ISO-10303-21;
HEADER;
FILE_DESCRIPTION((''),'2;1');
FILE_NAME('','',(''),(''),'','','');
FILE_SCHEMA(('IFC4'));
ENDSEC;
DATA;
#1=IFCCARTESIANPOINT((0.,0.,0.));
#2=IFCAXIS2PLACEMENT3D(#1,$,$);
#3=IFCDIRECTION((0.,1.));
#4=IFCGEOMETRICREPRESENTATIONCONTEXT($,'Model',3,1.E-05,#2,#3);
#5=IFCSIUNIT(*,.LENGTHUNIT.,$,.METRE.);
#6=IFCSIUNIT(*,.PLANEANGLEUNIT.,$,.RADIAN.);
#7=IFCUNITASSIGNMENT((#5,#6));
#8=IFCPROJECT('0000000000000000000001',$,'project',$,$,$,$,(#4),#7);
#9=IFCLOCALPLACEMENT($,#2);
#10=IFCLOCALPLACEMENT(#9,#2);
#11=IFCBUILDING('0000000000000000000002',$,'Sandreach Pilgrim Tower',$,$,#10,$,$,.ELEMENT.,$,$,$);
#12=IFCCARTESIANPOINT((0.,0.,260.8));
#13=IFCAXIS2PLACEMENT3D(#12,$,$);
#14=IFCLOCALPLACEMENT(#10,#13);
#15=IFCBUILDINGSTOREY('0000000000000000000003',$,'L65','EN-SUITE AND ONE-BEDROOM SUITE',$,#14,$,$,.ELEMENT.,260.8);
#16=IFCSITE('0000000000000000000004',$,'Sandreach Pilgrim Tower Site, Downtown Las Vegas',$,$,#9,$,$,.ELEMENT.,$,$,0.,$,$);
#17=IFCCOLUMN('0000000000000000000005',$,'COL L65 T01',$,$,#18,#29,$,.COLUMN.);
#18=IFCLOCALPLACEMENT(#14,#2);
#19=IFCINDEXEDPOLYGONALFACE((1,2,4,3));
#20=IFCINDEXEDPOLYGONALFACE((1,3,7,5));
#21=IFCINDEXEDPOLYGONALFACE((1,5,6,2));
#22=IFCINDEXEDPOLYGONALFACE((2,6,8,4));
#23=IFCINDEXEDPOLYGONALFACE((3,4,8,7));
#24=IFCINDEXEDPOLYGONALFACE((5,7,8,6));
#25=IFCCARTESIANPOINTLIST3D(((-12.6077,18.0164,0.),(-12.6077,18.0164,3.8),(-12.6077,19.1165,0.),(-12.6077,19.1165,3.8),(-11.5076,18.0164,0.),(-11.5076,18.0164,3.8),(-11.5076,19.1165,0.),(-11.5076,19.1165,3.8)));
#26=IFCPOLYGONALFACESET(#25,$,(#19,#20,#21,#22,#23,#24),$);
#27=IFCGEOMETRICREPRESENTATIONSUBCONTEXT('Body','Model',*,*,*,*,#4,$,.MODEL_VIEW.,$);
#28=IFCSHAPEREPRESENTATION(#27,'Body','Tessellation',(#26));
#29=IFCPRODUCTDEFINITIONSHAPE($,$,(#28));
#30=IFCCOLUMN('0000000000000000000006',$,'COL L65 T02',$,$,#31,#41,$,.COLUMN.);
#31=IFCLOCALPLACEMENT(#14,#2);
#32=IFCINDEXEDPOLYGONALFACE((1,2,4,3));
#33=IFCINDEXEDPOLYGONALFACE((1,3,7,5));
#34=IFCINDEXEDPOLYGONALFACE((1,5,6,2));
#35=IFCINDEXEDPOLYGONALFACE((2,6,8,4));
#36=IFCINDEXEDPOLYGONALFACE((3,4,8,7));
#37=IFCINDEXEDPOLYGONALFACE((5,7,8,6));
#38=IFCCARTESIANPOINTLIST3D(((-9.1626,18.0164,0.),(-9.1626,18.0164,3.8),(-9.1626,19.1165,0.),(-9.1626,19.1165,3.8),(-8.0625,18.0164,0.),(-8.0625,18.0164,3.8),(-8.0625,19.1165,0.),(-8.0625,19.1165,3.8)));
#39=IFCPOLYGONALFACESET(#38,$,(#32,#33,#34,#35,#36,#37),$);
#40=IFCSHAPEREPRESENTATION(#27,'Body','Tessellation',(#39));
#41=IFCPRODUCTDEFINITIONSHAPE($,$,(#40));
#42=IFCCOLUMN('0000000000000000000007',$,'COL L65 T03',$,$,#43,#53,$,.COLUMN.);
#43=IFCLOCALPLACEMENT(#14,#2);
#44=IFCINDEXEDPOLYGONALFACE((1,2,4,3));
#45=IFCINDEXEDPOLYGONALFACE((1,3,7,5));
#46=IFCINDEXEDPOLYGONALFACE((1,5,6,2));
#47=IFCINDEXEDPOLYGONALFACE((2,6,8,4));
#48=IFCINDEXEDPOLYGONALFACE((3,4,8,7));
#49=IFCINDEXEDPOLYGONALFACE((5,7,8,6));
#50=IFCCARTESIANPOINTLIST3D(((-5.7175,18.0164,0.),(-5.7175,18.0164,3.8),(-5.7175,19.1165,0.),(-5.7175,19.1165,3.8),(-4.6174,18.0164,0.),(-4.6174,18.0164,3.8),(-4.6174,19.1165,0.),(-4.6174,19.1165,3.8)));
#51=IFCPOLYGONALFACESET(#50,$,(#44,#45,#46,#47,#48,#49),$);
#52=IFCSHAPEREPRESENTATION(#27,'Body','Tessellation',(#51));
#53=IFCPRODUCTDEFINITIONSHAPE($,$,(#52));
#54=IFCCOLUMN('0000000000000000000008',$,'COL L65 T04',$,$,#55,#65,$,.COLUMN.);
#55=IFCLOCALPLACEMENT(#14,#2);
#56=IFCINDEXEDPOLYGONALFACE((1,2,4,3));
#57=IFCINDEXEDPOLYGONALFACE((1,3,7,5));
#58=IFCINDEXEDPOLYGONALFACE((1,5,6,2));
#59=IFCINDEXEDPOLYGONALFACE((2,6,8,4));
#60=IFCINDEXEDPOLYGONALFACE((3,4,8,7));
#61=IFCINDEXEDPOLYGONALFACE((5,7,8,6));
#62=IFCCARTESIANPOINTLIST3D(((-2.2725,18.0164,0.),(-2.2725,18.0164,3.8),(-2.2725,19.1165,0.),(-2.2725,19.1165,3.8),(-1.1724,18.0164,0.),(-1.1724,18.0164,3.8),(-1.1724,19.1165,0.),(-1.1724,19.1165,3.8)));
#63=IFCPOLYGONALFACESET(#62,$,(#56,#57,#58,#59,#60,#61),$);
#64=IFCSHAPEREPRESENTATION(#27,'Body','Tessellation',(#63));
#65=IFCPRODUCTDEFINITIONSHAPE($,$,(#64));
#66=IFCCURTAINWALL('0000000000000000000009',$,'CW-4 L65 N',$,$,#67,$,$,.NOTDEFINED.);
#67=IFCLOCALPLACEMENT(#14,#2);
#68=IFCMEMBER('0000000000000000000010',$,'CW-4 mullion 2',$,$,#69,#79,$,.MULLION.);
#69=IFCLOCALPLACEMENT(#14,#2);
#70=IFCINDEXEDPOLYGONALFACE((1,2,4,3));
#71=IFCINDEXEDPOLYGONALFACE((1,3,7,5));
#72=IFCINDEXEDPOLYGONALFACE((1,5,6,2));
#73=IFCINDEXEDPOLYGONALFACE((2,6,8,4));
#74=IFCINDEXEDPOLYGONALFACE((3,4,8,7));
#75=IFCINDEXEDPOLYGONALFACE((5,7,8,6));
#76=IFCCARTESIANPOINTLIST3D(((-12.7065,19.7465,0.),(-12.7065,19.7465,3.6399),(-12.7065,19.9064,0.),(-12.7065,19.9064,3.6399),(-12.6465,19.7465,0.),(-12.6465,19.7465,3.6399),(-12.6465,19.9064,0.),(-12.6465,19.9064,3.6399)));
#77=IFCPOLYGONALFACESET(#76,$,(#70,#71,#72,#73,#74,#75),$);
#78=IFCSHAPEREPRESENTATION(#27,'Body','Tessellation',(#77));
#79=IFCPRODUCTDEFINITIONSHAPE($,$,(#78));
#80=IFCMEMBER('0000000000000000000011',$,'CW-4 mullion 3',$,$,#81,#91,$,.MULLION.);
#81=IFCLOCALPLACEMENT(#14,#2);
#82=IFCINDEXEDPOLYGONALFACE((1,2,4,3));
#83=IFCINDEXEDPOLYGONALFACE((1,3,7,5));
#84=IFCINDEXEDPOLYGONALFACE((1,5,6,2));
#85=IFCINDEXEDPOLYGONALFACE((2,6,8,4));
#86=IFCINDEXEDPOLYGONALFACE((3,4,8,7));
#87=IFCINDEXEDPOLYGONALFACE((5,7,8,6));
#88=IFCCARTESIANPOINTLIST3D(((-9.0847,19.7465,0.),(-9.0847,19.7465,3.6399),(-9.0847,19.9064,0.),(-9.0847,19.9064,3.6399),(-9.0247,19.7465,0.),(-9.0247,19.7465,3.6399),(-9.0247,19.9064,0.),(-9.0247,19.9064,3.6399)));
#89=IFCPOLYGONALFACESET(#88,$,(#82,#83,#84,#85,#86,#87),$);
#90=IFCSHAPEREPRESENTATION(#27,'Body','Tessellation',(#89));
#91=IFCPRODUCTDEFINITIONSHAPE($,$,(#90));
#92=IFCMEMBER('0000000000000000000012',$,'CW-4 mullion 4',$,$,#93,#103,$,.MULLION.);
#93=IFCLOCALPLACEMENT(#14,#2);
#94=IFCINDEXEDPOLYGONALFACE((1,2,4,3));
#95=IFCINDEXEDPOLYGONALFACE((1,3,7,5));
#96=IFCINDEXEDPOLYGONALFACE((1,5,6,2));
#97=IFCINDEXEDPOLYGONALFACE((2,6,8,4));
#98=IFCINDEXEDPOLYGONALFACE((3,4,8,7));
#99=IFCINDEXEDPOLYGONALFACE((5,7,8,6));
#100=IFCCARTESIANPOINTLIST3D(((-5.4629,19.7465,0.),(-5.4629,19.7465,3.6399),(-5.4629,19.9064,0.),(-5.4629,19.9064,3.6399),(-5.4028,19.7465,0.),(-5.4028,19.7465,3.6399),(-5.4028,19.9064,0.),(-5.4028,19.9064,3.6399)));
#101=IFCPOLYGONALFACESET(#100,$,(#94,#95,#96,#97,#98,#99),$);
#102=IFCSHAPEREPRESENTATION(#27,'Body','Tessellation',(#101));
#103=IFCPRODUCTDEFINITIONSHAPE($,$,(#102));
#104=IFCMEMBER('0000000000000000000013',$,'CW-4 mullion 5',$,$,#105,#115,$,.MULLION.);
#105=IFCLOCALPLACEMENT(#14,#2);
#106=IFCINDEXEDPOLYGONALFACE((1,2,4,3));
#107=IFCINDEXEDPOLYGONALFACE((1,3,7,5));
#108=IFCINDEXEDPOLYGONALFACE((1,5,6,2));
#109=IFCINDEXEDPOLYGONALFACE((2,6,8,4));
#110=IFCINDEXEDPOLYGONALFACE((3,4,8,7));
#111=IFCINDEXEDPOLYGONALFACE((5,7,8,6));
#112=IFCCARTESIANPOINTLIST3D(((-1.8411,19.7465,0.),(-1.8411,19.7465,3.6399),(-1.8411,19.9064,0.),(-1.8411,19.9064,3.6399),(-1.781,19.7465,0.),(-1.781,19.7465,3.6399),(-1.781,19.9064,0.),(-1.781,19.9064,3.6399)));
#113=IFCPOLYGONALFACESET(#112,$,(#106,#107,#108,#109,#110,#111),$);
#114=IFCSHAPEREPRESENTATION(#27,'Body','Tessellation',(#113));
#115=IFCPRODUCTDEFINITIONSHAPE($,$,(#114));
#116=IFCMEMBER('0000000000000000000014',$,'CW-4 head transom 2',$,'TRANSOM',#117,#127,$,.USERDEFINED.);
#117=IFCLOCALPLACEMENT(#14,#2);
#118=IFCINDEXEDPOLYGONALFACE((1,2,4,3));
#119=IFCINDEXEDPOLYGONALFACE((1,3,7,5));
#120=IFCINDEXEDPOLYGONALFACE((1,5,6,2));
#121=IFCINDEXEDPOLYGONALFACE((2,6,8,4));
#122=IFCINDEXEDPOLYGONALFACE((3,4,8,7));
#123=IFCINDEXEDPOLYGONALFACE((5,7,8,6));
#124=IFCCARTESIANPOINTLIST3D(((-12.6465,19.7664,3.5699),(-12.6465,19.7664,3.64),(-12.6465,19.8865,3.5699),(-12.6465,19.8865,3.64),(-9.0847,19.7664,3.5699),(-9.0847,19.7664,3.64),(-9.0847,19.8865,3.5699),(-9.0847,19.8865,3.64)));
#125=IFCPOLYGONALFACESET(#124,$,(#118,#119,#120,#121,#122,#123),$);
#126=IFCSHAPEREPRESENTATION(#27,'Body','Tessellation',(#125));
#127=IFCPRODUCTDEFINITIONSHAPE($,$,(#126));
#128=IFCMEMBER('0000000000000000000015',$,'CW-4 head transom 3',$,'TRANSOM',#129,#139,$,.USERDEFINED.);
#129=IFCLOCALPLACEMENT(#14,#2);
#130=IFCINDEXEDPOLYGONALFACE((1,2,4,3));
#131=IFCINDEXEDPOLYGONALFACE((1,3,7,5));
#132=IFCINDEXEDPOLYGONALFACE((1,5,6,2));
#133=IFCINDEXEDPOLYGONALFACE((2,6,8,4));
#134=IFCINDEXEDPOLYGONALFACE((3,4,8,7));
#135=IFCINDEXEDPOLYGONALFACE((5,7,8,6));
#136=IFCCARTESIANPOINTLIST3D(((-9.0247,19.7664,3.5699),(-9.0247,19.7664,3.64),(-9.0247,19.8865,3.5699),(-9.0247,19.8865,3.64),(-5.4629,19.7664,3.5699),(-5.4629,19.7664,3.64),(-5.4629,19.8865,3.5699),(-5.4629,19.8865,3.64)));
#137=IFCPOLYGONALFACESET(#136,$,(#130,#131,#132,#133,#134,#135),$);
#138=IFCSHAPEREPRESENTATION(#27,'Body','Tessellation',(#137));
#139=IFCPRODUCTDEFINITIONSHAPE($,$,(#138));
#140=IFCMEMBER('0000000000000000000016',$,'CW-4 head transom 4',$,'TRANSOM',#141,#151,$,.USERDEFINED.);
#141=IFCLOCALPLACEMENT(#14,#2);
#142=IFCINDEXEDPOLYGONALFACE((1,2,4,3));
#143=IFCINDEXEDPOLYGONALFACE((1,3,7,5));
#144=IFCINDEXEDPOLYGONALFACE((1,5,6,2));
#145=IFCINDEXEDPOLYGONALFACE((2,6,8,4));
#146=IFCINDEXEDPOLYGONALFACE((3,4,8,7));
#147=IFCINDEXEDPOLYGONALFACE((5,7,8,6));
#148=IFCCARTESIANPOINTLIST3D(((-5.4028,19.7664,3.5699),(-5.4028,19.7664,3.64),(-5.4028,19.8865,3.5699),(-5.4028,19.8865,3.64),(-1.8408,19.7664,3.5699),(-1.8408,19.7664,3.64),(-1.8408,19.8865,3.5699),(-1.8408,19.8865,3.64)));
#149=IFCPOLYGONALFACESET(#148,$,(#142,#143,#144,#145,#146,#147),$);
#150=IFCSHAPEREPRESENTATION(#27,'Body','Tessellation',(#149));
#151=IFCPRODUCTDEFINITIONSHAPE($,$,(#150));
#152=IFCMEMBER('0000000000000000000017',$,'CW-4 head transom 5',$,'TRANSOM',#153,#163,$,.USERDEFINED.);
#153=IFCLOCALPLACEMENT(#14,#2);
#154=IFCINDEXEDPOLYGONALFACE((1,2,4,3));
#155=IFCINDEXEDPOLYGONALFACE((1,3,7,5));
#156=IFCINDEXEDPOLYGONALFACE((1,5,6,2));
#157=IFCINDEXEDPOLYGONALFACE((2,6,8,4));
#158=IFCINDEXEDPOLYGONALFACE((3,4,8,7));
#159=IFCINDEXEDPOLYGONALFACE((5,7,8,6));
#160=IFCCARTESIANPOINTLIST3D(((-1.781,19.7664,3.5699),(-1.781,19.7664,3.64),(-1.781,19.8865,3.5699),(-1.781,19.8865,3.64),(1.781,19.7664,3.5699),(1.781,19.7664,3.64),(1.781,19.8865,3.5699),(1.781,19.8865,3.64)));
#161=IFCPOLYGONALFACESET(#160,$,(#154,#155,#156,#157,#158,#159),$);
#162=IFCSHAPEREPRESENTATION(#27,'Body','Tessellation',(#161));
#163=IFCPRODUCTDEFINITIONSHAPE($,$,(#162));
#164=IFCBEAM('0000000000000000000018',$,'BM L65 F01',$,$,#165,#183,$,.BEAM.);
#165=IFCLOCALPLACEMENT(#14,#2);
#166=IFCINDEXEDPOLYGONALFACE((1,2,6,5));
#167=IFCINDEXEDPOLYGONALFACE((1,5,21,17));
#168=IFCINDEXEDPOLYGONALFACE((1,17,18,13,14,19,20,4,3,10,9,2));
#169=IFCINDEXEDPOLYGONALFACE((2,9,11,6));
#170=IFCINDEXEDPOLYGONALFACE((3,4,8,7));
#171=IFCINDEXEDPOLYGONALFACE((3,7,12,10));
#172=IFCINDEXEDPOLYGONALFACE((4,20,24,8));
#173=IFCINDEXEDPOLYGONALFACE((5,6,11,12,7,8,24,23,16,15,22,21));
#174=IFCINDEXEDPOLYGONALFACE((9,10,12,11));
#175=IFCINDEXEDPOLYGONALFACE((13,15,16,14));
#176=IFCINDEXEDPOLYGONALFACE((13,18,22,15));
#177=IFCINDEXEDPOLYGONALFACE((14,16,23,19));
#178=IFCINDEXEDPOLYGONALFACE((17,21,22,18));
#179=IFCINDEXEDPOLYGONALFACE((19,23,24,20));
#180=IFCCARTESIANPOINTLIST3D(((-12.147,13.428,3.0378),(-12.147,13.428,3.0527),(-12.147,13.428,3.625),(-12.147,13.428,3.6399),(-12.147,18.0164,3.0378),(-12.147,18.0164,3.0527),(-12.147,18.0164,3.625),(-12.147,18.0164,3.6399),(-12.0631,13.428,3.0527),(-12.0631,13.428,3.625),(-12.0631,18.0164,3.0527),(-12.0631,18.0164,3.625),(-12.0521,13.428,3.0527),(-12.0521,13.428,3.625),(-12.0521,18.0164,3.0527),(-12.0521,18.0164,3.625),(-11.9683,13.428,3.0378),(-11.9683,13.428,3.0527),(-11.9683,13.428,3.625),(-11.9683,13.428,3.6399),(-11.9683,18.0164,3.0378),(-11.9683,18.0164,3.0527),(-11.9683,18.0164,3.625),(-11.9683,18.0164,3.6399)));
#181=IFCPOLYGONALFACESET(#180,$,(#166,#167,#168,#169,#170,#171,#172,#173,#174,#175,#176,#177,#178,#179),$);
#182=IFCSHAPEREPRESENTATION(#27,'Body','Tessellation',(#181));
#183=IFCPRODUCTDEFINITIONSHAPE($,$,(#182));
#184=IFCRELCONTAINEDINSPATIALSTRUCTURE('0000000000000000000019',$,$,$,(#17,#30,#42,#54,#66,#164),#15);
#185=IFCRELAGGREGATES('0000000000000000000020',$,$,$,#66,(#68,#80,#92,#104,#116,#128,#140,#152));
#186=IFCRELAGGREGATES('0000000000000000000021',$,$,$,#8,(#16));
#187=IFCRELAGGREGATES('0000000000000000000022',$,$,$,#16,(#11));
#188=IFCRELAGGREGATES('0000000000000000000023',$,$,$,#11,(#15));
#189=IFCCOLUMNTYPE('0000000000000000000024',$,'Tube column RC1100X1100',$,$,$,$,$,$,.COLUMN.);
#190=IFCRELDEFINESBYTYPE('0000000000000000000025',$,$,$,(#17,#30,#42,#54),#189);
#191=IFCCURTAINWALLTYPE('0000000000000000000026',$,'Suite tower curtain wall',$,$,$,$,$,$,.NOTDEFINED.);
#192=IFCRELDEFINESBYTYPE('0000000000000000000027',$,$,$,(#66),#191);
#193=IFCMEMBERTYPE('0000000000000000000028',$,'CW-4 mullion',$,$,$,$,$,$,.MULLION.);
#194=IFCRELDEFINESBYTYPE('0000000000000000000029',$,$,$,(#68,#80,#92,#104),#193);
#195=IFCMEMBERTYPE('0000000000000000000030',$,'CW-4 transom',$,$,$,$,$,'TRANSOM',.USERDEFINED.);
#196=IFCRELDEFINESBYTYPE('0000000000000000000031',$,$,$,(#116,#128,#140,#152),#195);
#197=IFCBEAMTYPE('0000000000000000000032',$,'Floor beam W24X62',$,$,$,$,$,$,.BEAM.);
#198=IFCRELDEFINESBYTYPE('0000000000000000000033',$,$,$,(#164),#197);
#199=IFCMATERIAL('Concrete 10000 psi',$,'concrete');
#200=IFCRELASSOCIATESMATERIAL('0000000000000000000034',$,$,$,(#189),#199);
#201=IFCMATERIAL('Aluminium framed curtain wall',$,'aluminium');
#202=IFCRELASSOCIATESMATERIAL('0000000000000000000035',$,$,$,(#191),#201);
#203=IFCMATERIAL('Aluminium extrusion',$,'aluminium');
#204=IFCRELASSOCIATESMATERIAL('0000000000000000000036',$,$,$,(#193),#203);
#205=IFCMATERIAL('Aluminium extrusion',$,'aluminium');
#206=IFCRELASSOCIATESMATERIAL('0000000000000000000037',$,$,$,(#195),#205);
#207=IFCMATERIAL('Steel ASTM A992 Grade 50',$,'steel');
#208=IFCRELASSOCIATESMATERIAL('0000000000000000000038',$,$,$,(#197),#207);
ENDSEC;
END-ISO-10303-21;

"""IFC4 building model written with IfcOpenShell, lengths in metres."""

from ifc_helpers import new_model, si_unit, direction, frame, origin, origin_2d, place, context, subcontext, project, spatial, rectangle, i_section, extrude, material, material_profile, profile_set, type_object, element, aggregate, save


model = new_model("IFC4")

# Units and contexts
model_context = context("Model", 3, precision=1e-05, world=origin(), true_north=direction((0.0, 1.0)))
body_context = subcontext(model_context, "Body", "Model", "MODEL_VIEW")
ifc_project = project(units=[si_unit("LENGTHUNIT", "METRE"), si_unit("PLANEANGLEUNIT", "RADIAN")], contexts=[model_context])

# Site, building, storey
site_placement = place(None, origin())
site = spatial("IfcSite", under=ifc_project, at=site_placement, Name="Sandreach Pilgrim Tower Site, Downtown Las Vegas", CompositionType="ELEMENT", RefElevation=0.0)
building_placement = place(site_placement, origin())
building = spatial("IfcBuilding", under=site, at=building_placement, Name="Sandreach Pilgrim Tower", CompositionType="ELEMENT")
storey_placement = place(building_placement, frame((0.0, 0.0, 260.8)))
storey = spatial("IfcBuildingStorey", under=building, at=storey_placement, Name="L65", Description="EN-SUITE AND ONE-BEDROOM SUITE", CompositionType="ELEMENT", Elevation=260.8)

# Columns
ifc_material_1 = material(Name="Concrete 10000 psi", Category="concrete")
ifc_material_profile_1 = material_profile(ifc_material_1, rectangle(XDim=1.1001, YDim=1.1001, at=origin_2d()), Name="RC1100X1100")
ifc_profile_set_1 = profile_set([ifc_material_profile_1], Name="Concrete 10000 psi")
column_type = type_object("IfcColumnType", Name="Tube column RC1100X1100", PredefinedType="COLUMN", material=ifc_profile_set_1)
for number, where, z_axis, x_axis, name in (
    (1, (-12.0576, 18.5664, 0.0), (0.0, 0.0, 1.0), (0.0, 1.0, 0.0), "COL L65 T01"),
    (2, (-8.6125, 18.5664, 0.0), (0.0, 0.0, 1.0), (0.0, 1.0, 0.0), "COL L65 T02"),
    (3, (-5.1675, 18.5664, 0.0), (0.0, 0.0, 1.0), (0.0, 1.0, 0.0), "COL L65 T03"),
    (4, (-1.7224, 18.5664, 0.0), (0.0, 0.0, 1.0), (0.0, 1.0, 0.0), "COL L65 T04"),
):
    element("IfcColumn", number, at=place(storey_placement, frame(where, z_axis=z_axis, x_axis=x_axis)), inside=storey, type_object=column_type, Name=name, PredefinedType="COLUMN", context=body_context, shape_type="SweptSolid", body=[
        extrude(rectangle(XDim=1.1001, YDim=1.1001, at=origin_2d()), origin(), (0.0, 0.0, 1.0), 3.8),
    ])

# Curtain wall, members
ifc_material_2 = material(Name="Aluminium framed curtain wall", Category="aluminium")
curtain_wall_type = type_object("IfcCurtainWallType", Name="Suite tower curtain wall", PredefinedType="NOTDEFINED", material=ifc_material_2)
curtain_wall_placement = place(storey_placement, origin())
curtain_wall = element("IfcCurtainWall", 5, at=curtain_wall_placement, inside=storey, type_object=curtain_wall_type, Name="CW-4 L65 N", PredefinedType="NOTDEFINED")
ifc_material_3 = material(Name="Aluminium extrusion", Category="aluminium")
ifc_material_profile_2 = material_profile(ifc_material_3, rectangle(XDim=0.0601, YDim=0.1599, at=origin_2d()), Name="CW-4M 60X160")
ifc_profile_set_2 = profile_set([ifc_material_profile_2], Name="Aluminium extrusion")
member_type_1 = type_object("IfcMemberType", Name="CW-4 mullion", PredefinedType="MULLION", material=ifc_profile_set_2)
member_1_placement = place(storey_placement, frame((-12.6765, 19.8264, 0.0), z_axis=(0.0, 0.0, 1.0), x_axis=(1.0, 0.0, 0.0)))
member_1 = element("IfcMember", 6, at=member_1_placement, type_object=member_type_1, Name="CW-4 mullion 2", PredefinedType="MULLION", context=body_context, shape_type="SweptSolid", body=[
    extrude(rectangle(XDim=0.0601, YDim=0.1599, at=origin_2d()), origin(), (0.0, 0.0, 1.0), 3.6399),
])
member_2_placement = place(storey_placement, frame((-9.0547, 19.8264, 0.0), z_axis=(0.0, 0.0, 1.0), x_axis=(1.0, 0.0, 0.0)))
member_2 = element("IfcMember", 7, at=member_2_placement, type_object=member_type_1, Name="CW-4 mullion 3", PredefinedType="MULLION", context=body_context, shape_type="SweptSolid", body=[
    extrude(rectangle(XDim=0.0601, YDim=0.1599, at=origin_2d()), origin(), (0.0, 0.0, 1.0), 3.6399),
])
member_3_placement = place(storey_placement, frame((-5.4329, 19.8264, 0.0), z_axis=(0.0, 0.0, 1.0), x_axis=(1.0, 0.0, 0.0)))
member_3 = element("IfcMember", 8, at=member_3_placement, type_object=member_type_1, Name="CW-4 mullion 4", PredefinedType="MULLION", context=body_context, shape_type="SweptSolid", body=[
    extrude(rectangle(XDim=0.0601, YDim=0.1599, at=origin_2d()), origin(), (0.0, 0.0, 1.0), 3.6399),
])
member_4_placement = place(storey_placement, frame((-1.811, 19.8264, 0.0), z_axis=(0.0, 0.0, 1.0), x_axis=(1.0, 0.0, 0.0)))
member_4 = element("IfcMember", 9, at=member_4_placement, type_object=member_type_1, Name="CW-4 mullion 5", PredefinedType="MULLION", context=body_context, shape_type="SweptSolid", body=[
    extrude(rectangle(XDim=0.0601, YDim=0.1599, at=origin_2d()), origin(), (0.0, 0.0, 1.0), 3.6399),
])
ifc_material_4 = material(Name="Aluminium extrusion", Category="aluminium")
ifc_material_profile_3 = material_profile(ifc_material_4, rectangle(XDim=0.1201, YDim=0.0701, at=origin_2d()), Name="CW-4T 120X70")
ifc_profile_set_3 = profile_set([ifc_material_profile_3], Name="Aluminium extrusion")
member_type_2 = type_object("IfcMemberType", Name="CW-4 transom", ElementType="TRANSOM", PredefinedType="USERDEFINED", material=ifc_profile_set_3)
member_5_placement = place(storey_placement, frame((-12.6465, 19.8264, 3.605), z_axis=(1.0, 0.0, 0.0), x_axis=(0.0, 1.0, 0.0)))
member_5 = element("IfcMember", 10, at=member_5_placement, type_object=member_type_2, Name="CW-4 head transom 2", ObjectType="TRANSOM", PredefinedType="USERDEFINED", context=body_context, shape_type="SweptSolid", body=[
    extrude(rectangle(XDim=0.1201, YDim=0.0701, at=origin_2d()), origin(), (0.0, 0.0, 1.0), 3.5618),
])
member_6_placement = place(storey_placement, frame((-9.0247, 19.8264, 3.605), z_axis=(1.0, 0.0, 0.0), x_axis=(0.0, 1.0, 0.0)))
member_6 = element("IfcMember", 11, at=member_6_placement, type_object=member_type_2, Name="CW-4 head transom 3", ObjectType="TRANSOM", PredefinedType="USERDEFINED", context=body_context, shape_type="SweptSolid", body=[
    extrude(rectangle(XDim=0.1201, YDim=0.0701, at=origin_2d()), origin(), (0.0, 0.0, 1.0), 3.5618),
])
member_7_placement = place(storey_placement, frame((-5.4028, 19.8264, 3.605), z_axis=(1.0, 0.0, 0.0), x_axis=(0.0, 1.0, 0.0)))
member_7 = element("IfcMember", 12, at=member_7_placement, type_object=member_type_2, Name="CW-4 head transom 4", ObjectType="TRANSOM", PredefinedType="USERDEFINED", context=body_context, shape_type="SweptSolid", body=[
    extrude(rectangle(XDim=0.1201, YDim=0.0701, at=origin_2d()), origin(), (0.0, 0.0, 1.0), 3.562),
])
member_8_placement = place(storey_placement, frame((-1.781, 19.8264, 3.605), z_axis=(1.0, 0.0, 0.0), x_axis=(0.0, 1.0, 0.0)))
member_8 = element("IfcMember", 13, at=member_8_placement, type_object=member_type_2, Name="CW-4 head transom 5", ObjectType="TRANSOM", PredefinedType="USERDEFINED", context=body_context, shape_type="SweptSolid", body=[
    extrude(rectangle(XDim=0.1201, YDim=0.0701, at=origin_2d()), origin(), (0.0, 0.0, 1.0), 3.562),
])

# Beam
ifc_material_5 = material(Name="Steel ASTM A992 Grade 50", Category="steel")
ifc_material_profile_4 = material_profile(ifc_material_5, i_section(OverallWidth=0.1787, OverallDepth=0.6021, WebThickness=0.011, FlangeThickness=0.0149, at=origin_2d()), Name="W24X62")
ifc_profile_set_4 = profile_set([ifc_material_profile_4], Name="Steel ASTM A992 Grade 50")
beam_type_1 = type_object("IfcBeamType", Name="Floor beam W24X62", PredefinedType="BEAM", material=ifc_profile_set_4)
beam_1_placement = place(storey_placement, frame((-12.0576, 18.0164, 3.3389), z_axis=(0.0, -1.0, 0.0), x_axis=(1.0, 0.0, 0.0)))
element("IfcBeam", 14, at=beam_1_placement, inside=storey, type_object=beam_type_1, Name="BM L65 F01", PredefinedType="BEAM", context=body_context, shape_type="SweptSolid", body=[
    extrude(i_section(OverallWidth=0.1787, OverallDepth=0.6021, WebThickness=0.011, FlangeThickness=0.0149, at=origin_2d()), origin(), (0.0, 0.0, 1.0), 4.5884),
])

aggregate(curtain_wall, [member_1, member_2, member_3, member_4, member_5, member_6, member_7, member_8])

save(model, "model.ifc")
